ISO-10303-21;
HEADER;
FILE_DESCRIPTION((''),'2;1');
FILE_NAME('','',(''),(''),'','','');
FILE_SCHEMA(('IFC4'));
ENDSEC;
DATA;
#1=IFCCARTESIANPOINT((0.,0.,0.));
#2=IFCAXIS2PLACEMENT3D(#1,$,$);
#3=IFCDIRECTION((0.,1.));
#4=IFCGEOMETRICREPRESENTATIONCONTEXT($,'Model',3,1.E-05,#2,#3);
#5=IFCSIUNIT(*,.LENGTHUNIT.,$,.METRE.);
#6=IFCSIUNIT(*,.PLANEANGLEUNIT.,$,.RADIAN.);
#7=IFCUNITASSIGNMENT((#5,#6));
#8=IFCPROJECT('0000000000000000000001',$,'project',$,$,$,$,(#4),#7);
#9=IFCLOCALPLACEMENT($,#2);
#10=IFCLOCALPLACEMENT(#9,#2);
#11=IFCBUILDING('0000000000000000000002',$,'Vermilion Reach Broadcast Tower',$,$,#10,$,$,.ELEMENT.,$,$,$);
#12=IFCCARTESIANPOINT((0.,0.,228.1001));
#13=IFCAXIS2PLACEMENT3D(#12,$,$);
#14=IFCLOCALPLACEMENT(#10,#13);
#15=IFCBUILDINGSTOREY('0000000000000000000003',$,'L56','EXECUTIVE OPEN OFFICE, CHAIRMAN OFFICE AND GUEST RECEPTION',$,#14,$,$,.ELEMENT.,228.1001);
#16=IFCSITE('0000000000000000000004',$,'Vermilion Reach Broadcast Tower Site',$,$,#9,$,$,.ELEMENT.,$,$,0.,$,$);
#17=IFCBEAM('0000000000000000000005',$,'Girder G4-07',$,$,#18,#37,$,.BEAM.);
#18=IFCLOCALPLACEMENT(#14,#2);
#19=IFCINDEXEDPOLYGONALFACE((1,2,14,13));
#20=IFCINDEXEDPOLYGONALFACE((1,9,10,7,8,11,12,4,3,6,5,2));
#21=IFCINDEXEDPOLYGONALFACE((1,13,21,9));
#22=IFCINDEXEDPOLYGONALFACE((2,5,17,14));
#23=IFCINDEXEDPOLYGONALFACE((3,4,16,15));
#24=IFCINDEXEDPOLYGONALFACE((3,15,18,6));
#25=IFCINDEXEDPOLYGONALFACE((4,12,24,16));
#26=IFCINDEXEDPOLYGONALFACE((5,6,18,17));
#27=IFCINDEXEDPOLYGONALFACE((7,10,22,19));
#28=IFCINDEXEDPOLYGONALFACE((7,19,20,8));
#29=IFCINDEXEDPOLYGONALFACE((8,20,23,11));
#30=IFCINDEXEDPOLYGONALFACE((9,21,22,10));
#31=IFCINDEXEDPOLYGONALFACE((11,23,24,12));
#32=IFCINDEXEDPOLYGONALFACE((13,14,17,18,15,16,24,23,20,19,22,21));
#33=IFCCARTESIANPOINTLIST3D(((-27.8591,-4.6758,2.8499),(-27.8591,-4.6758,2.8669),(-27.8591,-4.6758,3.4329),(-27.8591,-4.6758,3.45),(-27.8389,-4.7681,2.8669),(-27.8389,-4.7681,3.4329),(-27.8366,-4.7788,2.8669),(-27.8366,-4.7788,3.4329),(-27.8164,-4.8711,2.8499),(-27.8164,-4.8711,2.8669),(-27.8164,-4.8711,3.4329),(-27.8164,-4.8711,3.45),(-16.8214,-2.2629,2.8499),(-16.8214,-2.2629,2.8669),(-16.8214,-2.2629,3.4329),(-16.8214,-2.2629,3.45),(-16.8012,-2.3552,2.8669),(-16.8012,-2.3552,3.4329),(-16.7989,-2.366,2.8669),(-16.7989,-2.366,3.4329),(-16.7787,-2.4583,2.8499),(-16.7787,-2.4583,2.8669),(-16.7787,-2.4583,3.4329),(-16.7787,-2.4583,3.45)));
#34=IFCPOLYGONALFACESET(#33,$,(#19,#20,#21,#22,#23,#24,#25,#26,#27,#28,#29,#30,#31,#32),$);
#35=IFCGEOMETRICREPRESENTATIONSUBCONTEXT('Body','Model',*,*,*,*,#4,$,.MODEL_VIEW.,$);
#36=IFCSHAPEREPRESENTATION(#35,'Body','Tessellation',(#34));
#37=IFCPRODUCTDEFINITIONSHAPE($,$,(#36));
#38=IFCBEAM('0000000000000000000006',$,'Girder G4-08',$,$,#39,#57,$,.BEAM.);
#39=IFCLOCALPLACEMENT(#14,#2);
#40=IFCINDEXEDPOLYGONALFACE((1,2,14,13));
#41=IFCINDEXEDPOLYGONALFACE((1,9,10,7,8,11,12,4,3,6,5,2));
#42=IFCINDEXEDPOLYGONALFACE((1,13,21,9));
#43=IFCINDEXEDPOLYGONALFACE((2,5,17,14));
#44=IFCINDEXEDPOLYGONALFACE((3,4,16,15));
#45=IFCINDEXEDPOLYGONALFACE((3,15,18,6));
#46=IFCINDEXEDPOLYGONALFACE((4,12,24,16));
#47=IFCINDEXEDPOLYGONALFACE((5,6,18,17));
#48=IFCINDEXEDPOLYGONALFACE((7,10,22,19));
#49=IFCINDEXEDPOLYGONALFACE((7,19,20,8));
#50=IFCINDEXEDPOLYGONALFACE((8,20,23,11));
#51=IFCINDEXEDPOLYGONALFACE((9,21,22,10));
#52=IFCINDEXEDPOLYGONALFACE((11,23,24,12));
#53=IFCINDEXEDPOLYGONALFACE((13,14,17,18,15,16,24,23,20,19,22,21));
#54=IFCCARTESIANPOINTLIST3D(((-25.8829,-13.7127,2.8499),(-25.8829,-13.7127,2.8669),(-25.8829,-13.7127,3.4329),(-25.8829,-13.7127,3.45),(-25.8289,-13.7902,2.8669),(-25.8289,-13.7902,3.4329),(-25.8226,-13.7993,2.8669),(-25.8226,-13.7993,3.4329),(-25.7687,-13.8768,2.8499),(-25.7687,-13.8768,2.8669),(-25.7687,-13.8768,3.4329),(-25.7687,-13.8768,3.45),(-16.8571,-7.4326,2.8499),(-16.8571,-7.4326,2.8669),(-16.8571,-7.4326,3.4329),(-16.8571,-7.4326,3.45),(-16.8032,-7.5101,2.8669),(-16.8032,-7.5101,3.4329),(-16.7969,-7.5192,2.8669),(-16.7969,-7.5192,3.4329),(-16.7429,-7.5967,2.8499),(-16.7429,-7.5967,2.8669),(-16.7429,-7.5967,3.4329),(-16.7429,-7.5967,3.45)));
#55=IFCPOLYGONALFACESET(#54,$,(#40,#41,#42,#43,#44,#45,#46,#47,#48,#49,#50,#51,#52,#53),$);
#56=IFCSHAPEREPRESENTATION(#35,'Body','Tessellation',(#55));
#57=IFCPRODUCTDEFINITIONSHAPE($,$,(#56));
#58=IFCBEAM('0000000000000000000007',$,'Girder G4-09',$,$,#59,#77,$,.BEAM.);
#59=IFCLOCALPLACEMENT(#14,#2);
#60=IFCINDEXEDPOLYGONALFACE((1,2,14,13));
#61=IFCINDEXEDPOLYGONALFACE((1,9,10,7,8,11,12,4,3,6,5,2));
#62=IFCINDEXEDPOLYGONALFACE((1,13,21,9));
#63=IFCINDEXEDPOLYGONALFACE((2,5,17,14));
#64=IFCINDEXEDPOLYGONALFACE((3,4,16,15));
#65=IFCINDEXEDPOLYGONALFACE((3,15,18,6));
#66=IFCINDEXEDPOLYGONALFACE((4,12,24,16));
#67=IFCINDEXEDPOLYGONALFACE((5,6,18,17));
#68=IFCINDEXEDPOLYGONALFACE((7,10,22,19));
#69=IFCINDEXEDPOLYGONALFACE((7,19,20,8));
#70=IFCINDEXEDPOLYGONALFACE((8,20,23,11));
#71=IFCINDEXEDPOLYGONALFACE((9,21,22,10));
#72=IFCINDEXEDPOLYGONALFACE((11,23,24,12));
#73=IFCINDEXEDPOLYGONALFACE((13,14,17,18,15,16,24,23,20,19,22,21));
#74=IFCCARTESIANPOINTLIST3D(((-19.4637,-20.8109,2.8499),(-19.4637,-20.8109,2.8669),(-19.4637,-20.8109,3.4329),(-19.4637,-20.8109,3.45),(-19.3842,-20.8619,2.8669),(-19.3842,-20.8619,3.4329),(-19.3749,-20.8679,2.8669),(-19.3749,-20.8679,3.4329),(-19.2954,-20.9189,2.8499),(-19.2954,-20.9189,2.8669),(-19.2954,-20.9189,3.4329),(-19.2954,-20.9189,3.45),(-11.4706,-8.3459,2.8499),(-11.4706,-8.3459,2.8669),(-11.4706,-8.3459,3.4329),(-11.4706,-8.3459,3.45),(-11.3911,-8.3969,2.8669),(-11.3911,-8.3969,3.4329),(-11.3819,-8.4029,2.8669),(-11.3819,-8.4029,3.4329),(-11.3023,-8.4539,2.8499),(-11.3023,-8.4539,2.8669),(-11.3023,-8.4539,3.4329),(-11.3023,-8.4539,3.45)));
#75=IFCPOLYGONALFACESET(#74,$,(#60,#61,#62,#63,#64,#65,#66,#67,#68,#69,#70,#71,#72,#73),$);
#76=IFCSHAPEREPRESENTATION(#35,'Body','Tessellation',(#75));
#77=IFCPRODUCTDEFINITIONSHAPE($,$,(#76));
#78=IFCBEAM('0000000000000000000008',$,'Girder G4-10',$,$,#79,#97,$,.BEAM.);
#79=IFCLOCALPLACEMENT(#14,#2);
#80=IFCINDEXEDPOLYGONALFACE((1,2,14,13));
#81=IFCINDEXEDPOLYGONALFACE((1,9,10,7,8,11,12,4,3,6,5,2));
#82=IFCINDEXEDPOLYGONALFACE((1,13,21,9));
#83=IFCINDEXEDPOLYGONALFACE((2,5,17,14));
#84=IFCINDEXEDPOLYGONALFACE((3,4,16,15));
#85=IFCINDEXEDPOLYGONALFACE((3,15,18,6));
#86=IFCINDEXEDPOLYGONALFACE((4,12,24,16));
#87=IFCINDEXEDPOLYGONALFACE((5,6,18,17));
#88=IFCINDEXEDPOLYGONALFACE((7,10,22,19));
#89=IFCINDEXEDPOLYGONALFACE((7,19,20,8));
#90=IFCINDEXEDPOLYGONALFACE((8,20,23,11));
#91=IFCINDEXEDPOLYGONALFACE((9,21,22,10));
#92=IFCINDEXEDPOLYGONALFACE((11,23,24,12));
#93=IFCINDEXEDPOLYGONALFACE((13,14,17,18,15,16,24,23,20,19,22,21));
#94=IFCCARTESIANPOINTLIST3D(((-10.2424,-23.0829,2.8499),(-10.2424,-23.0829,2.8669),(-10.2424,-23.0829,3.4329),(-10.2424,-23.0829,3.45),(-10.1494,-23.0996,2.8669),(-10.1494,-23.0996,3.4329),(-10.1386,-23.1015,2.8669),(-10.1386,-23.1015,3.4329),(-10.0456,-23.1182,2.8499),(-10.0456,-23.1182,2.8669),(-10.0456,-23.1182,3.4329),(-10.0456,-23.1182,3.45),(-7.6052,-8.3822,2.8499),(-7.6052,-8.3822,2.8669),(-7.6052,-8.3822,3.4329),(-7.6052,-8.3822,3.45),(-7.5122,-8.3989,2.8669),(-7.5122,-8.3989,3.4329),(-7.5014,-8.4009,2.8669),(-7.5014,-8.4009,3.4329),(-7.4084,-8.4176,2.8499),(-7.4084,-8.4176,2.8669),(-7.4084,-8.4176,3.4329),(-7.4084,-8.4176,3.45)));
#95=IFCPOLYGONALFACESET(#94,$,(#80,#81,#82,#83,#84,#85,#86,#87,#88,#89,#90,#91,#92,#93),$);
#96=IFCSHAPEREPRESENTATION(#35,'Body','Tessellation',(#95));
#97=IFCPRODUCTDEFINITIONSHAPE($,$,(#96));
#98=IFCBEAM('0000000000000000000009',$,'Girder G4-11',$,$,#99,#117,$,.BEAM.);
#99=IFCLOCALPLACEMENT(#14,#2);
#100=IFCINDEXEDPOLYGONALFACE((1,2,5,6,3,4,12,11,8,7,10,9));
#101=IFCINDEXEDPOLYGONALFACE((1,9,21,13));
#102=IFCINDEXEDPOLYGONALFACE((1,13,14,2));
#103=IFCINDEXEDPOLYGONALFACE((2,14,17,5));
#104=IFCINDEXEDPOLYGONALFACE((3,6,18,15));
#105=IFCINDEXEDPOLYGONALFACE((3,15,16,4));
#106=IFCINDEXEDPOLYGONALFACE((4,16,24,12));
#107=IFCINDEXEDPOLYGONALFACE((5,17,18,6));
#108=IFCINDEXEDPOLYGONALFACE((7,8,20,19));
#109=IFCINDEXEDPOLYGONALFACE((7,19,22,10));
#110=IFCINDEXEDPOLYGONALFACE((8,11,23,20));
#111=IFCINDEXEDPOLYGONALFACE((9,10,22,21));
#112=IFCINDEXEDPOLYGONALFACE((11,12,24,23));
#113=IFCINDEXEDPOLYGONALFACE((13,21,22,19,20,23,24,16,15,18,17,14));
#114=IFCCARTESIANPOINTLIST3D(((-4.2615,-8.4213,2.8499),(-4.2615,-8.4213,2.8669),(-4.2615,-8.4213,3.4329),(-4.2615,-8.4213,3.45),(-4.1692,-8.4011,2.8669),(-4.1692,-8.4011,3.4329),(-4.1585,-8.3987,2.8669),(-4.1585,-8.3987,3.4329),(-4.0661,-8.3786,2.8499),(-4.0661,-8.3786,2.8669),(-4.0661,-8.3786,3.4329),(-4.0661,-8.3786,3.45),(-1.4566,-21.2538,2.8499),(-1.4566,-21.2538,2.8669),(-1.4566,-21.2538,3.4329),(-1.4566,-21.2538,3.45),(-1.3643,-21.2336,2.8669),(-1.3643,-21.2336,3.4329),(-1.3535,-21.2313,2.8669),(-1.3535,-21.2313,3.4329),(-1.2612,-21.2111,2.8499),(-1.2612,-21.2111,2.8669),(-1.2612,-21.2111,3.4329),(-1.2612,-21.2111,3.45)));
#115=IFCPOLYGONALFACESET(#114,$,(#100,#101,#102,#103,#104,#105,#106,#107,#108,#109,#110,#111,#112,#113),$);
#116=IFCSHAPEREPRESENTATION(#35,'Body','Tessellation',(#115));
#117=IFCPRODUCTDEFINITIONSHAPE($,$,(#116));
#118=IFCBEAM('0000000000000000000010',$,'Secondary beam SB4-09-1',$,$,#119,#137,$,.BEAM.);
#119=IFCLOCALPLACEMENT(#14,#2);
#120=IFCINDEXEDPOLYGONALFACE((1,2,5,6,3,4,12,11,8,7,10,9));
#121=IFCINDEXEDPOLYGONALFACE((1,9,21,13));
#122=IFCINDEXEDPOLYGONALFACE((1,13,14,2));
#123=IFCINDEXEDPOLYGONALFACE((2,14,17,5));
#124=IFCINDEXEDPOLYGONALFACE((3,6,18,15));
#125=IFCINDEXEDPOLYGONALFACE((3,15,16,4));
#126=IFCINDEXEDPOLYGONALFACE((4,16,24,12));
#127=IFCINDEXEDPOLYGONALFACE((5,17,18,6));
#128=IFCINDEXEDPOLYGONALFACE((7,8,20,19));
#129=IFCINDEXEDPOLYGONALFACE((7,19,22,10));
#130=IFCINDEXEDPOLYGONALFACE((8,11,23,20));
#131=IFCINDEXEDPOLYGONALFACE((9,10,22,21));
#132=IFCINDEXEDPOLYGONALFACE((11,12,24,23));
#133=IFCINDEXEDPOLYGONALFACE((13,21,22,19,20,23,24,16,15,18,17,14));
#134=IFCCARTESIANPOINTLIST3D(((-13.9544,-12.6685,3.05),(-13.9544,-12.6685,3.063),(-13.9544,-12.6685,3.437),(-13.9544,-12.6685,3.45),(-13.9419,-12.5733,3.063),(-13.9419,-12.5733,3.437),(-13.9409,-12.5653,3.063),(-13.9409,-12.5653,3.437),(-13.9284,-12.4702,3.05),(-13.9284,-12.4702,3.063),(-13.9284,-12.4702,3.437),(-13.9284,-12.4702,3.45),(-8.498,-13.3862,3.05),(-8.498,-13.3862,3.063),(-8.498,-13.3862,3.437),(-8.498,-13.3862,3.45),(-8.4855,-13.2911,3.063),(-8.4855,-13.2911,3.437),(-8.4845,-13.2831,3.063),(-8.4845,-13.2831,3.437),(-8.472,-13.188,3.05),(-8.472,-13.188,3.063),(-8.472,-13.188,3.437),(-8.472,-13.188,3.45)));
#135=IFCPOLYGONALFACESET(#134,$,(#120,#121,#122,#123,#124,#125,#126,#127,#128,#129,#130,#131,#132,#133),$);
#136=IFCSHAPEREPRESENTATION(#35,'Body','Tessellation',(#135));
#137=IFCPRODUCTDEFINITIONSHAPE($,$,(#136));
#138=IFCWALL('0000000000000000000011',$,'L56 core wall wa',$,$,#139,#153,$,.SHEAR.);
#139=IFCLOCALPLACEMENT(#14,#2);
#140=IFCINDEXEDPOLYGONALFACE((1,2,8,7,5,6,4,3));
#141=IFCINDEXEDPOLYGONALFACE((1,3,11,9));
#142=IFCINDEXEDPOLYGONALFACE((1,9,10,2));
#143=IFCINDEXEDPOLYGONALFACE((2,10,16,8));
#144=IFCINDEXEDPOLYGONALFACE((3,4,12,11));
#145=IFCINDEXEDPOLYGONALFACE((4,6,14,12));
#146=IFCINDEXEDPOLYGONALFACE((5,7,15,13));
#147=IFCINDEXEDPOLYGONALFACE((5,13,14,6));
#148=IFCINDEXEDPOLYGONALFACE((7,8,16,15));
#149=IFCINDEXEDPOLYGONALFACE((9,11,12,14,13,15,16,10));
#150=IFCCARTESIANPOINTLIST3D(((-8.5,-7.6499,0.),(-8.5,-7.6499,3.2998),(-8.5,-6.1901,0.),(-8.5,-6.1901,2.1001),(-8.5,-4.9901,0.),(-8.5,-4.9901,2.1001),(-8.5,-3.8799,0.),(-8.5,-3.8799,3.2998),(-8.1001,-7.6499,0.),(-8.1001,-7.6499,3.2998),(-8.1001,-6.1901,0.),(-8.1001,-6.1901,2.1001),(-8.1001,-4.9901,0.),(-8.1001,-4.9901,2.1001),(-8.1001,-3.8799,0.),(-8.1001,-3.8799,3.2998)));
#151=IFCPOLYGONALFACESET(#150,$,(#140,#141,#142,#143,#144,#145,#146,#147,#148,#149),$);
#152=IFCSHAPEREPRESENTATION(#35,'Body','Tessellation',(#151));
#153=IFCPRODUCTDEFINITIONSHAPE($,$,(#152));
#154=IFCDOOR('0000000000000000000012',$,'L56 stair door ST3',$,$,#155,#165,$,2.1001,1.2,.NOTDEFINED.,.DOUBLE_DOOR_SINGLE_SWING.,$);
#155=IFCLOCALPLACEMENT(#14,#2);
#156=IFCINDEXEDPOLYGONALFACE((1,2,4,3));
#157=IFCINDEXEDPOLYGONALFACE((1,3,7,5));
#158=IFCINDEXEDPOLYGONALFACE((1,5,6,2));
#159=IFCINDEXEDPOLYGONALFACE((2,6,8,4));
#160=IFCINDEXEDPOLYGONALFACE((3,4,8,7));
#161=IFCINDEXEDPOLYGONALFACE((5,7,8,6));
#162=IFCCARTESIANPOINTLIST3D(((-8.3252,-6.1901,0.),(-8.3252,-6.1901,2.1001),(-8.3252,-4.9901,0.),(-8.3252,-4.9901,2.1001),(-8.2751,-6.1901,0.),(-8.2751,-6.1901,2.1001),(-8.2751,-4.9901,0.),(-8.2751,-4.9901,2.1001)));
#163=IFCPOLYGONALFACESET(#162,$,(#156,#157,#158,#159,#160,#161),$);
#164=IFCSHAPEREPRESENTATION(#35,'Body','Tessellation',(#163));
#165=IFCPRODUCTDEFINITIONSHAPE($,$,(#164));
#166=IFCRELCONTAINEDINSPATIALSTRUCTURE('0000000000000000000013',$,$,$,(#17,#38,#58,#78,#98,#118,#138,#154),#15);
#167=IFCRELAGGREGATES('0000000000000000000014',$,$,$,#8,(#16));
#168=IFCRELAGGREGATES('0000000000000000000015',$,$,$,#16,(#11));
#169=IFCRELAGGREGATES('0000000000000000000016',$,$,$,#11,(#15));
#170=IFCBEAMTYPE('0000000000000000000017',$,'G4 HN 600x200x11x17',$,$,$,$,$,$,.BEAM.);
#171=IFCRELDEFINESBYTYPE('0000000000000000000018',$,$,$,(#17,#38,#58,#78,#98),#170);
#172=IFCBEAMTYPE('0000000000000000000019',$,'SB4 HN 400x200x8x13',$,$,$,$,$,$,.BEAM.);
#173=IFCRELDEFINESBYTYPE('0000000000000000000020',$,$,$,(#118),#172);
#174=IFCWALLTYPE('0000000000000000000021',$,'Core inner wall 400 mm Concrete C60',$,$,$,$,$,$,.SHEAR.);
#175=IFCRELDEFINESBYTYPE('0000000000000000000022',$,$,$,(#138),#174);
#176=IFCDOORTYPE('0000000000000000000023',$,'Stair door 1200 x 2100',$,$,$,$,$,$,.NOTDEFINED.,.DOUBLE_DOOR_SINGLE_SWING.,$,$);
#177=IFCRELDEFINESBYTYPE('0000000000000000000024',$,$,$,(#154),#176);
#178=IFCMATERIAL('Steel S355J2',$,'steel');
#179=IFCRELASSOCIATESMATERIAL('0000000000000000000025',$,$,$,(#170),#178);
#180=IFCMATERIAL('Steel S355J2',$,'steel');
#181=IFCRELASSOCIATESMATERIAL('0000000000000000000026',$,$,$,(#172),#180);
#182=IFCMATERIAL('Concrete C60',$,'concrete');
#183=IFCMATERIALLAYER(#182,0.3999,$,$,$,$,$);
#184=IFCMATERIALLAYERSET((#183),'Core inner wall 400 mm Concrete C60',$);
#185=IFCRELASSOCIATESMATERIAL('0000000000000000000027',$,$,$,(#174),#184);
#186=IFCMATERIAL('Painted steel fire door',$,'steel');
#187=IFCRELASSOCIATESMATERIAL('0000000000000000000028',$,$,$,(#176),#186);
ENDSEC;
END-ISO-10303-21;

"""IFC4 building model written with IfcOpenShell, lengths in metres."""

from ifc_helpers import new_model, si_unit, direction, frame, frame_2d, origin, origin_2d, place, context, subcontext, project, spatial, rectangle, i_section, extrude, material, layer, layer_set, material_profile, profile_set, type_object, element, fill, save


model = new_model("IFC4")

# Units and contexts
model_context = context("Model", 3, precision=1e-05, world=origin(), true_north=direction((0.0, 1.0)))
body_context = subcontext(model_context, "Body", "Model", "MODEL_VIEW")
ifc_project = project(units=[si_unit("LENGTHUNIT", "METRE"), si_unit("PLANEANGLEUNIT", "RADIAN")], contexts=[model_context])

# Site, building, storey
site_placement = place(None, origin())
site = spatial("IfcSite", under=ifc_project, at=site_placement, Name="Vermilion Reach Broadcast Tower Site", CompositionType="ELEMENT", RefElevation=0.0)
building_placement = place(site_placement, origin())
building = spatial("IfcBuilding", under=site, at=building_placement, Name="Vermilion Reach Broadcast Tower", CompositionType="ELEMENT")
storey_placement = place(building_placement, frame((0.0, 0.0, 228.1001)))
storey = spatial("IfcBuildingStorey", under=building, at=storey_placement, Name="L56", Description="EXECUTIVE OPEN OFFICE, CHAIRMAN OFFICE AND GUEST RECEPTION", CompositionType="ELEMENT", Elevation=228.1001)

# Beams
ifc_material_1 = material(Name="Steel S355J2", Category="steel")
ifc_material_profile_1 = material_profile(ifc_material_1, i_section(OverallWidth=0.2, OverallDepth=0.6001, WebThickness=0.011, FlangeThickness=0.0171, at=origin_2d()), Name="S355J2 HN 600x200x11x17")
ifc_profile_set_1 = profile_set([ifc_material_profile_1], Name="Steel S355J2")
beam_type_1 = type_object("IfcBeamType", Name="G4 HN 600x200x11x17", PredefinedType="BEAM", material=ifc_profile_set_1)
beam_1_placement = place(storey_placement, frame((-16.8, -2.3606, 3.1499), z_axis=(-0.97693, -0.213559, 0.0), x_axis=(0.213559, -0.97693, 0.0)))
element("IfcBeam", 1, at=beam_1_placement, inside=storey, type_object=beam_type_1, Name="Girder G4-07", PredefinedType="BEAM", context=body_context, shape_type="SweptSolid", body=[
    extrude(i_section(OverallWidth=0.2, OverallDepth=0.6001, WebThickness=0.011, FlangeThickness=0.0171, at=origin_2d()), origin(), (0.0, 0.0, 1.0), 11.2983),
])
beam_2_placement = place(storey_placement, frame((-16.8, -7.5146, 3.1499), z_axis=(-0.820849, -0.571146, 0.0), x_axis=(0.571146, -0.820849, 0.0)))
element("IfcBeam", 2, at=beam_2_placement, inside=storey, type_object=beam_type_1, Name="Girder G4-08", PredefinedType="BEAM", context=body_context, shape_type="SweptSolid", body=[
    extrude(i_section(OverallWidth=0.2, OverallDepth=0.6001, WebThickness=0.011, FlangeThickness=0.0171, at=origin_2d()), origin(), (0.0, 0.0, 1.0), 10.9956),
])
beam_3_placement = place(storey_placement, frame((-11.3865, -8.3999, 3.1499), z_axis=(-0.539796, -0.841796, 0.0), x_axis=(0.841796, -0.539796, 0.0)))
element("IfcBeam", 3, at=beam_3_placement, inside=storey, type_object=beam_type_1, Name="Girder G4-09", PredefinedType="BEAM", context=body_context, shape_type="SweptSolid", body=[
    extrude(i_section(OverallWidth=0.2, OverallDepth=0.6001, WebThickness=0.011, FlangeThickness=0.0171, at=origin_2d()), origin(), (0.0, 0.0, 1.0), 14.8076),
])
beam_4_placement = place(storey_placement, frame((-7.5068, -8.3999, 3.1499), z_axis=(-0.176575, -0.984287, 0.0), x_axis=(0.984287, -0.176575, 0.0)))
element("IfcBeam", 4, at=beam_4_placement, inside=storey, type_object=beam_type_1, Name="Girder G4-10", PredefinedType="BEAM", context=body_context, shape_type="SweptSolid", body=[
    extrude(i_section(OverallWidth=0.2, OverallDepth=0.6001, WebThickness=0.011, FlangeThickness=0.0171, at=origin_2d()), origin(), (0.0, 0.0, 1.0), 14.9353),
])
beam_5_placement = place(storey_placement, frame((-4.1638, -8.3999, 3.1499), z_axis=(0.213538, -0.976935, 0.0), x_axis=(0.976935, 0.213538, 0.0)))
element("IfcBeam", 5, at=beam_5_placement, inside=storey, type_object=beam_type_1, Name="Girder G4-11", PredefinedType="BEAM", context=body_context, shape_type="SweptSolid", body=[
    extrude(i_section(OverallWidth=0.2, OverallDepth=0.6001, WebThickness=0.011, FlangeThickness=0.0171, at=origin_2d()), origin(), (0.0, 0.0, 1.0), 13.1355),
])
ifc_material_2 = material(Name="Steel S355J2", Category="steel")
ifc_material_profile_2 = material_profile(ifc_material_2, i_section(OverallWidth=0.2, OverallDepth=0.3999, WebThickness=0.0081, FlangeThickness=0.0129, at=origin_2d()), Name="S355J2 HN 400x200x8x13")
ifc_profile_set_2 = profile_set([ifc_material_profile_2], Name="Steel S355J2")
beam_type_2 = type_object("IfcBeamType", Name="SB4 HN 400x200x8x13", PredefinedType="BEAM", material=ifc_profile_set_2)
beam_6_placement = place(storey_placement, frame((-13.9414, -12.5693, 3.25), z_axis=(0.991458, -0.130426, 0.0), x_axis=(0.130426, 0.991458, 0.0)))
element("IfcBeam", 6, at=beam_6_placement, inside=storey, type_object=beam_type_2, Name="Secondary beam SB4-09-1", PredefinedType="BEAM", context=body_context, shape_type="SweptSolid", body=[
    extrude(i_section(OverallWidth=0.2, OverallDepth=0.3999, WebThickness=0.0081, FlangeThickness=0.0129, at=origin_2d()), origin(), (0.0, 0.0, 1.0), 5.5034),
])

# Wall, opening, door
ifc_material_3 = material(Name="Concrete C60", Category="concrete")
ifc_layer_1 = layer(ifc_material_3, 0.3999)
ifc_layer_set_1 = layer_set([ifc_layer_1], Name="Core inner wall 400 mm Concrete C60")
wall_type_1 = type_object("IfcWallType", Name="Core inner wall 400 mm Concrete C60", PredefinedType="SHEAR", material=ifc_layer_set_1)
wall_1_placement = place(storey_placement, frame((-8.3, -3.8799, 0.0), z_axis=(0.0, 0.0, 1.0), x_axis=(0.0, -1.0, 0.0)))
wall_1 = element("IfcWall", 7, at=wall_1_placement, inside=storey, type_object=wall_type_1, Name="L56 core wall wa", PredefinedType="SHEAR", context=body_context, shape_type="SweptSolid", body=[
    extrude(rectangle(XDim=3.77, YDim=0.3999, at=frame_2d((1.885, 0.0))), origin(), (0.0, 0.0, 1.0), 3.2998),
])
opening_1_placement = place(wall_1_placement, frame((1.1101, 0.0, 0.0)))
opening_1 = element("IfcOpeningElement", 8, at=opening_1_placement, cuts=wall_1, PredefinedType="OPENING", context=body_context, shape_type="SweptSolid", body=[
    extrude(rectangle(XDim=1.2, YDim=2.1001, at=frame_2d((0.6001, 1.05))), frame((0.0, 0.21, 0.0), z_axis=(0.0, -1.0, 0.0), x_axis=(1.0, 0.0, 0.0)), (0.0, 0.0, 1.0), 0.4199),
])
ifc_material_4 = material(Name="Painted steel fire door", Category="steel")
door_type_1 = type_object("IfcDoorType", Name="Stair door 1200 x 2100", OperationType="DOUBLE_DOOR_SINGLE_SWING", PredefinedType="NOTDEFINED", material=ifc_material_4)
door_1_placement = place(opening_1_placement, origin())
door_1 = element("IfcDoor", 9, at=door_1_placement, inside=storey, type_object=door_type_1, Name="L56 stair door ST3", OperationType="DOUBLE_DOOR_SINGLE_SWING", OverallHeight=2.1001, OverallWidth=1.2, PredefinedType="NOTDEFINED", context=body_context, shape_type="SweptSolid", body=[
    extrude(rectangle(XDim=1.2, YDim=2.1001, at=frame_2d((0.6001, 1.05))), frame((0.0, 0.0249, 0.0), z_axis=(0.0, -1.0, 0.0), x_axis=(1.0, 0.0, 0.0)), (0.0, 0.0, 1.0), 0.05),
])
fill(opening_1, door_1)

save(model, "model.ifc")
